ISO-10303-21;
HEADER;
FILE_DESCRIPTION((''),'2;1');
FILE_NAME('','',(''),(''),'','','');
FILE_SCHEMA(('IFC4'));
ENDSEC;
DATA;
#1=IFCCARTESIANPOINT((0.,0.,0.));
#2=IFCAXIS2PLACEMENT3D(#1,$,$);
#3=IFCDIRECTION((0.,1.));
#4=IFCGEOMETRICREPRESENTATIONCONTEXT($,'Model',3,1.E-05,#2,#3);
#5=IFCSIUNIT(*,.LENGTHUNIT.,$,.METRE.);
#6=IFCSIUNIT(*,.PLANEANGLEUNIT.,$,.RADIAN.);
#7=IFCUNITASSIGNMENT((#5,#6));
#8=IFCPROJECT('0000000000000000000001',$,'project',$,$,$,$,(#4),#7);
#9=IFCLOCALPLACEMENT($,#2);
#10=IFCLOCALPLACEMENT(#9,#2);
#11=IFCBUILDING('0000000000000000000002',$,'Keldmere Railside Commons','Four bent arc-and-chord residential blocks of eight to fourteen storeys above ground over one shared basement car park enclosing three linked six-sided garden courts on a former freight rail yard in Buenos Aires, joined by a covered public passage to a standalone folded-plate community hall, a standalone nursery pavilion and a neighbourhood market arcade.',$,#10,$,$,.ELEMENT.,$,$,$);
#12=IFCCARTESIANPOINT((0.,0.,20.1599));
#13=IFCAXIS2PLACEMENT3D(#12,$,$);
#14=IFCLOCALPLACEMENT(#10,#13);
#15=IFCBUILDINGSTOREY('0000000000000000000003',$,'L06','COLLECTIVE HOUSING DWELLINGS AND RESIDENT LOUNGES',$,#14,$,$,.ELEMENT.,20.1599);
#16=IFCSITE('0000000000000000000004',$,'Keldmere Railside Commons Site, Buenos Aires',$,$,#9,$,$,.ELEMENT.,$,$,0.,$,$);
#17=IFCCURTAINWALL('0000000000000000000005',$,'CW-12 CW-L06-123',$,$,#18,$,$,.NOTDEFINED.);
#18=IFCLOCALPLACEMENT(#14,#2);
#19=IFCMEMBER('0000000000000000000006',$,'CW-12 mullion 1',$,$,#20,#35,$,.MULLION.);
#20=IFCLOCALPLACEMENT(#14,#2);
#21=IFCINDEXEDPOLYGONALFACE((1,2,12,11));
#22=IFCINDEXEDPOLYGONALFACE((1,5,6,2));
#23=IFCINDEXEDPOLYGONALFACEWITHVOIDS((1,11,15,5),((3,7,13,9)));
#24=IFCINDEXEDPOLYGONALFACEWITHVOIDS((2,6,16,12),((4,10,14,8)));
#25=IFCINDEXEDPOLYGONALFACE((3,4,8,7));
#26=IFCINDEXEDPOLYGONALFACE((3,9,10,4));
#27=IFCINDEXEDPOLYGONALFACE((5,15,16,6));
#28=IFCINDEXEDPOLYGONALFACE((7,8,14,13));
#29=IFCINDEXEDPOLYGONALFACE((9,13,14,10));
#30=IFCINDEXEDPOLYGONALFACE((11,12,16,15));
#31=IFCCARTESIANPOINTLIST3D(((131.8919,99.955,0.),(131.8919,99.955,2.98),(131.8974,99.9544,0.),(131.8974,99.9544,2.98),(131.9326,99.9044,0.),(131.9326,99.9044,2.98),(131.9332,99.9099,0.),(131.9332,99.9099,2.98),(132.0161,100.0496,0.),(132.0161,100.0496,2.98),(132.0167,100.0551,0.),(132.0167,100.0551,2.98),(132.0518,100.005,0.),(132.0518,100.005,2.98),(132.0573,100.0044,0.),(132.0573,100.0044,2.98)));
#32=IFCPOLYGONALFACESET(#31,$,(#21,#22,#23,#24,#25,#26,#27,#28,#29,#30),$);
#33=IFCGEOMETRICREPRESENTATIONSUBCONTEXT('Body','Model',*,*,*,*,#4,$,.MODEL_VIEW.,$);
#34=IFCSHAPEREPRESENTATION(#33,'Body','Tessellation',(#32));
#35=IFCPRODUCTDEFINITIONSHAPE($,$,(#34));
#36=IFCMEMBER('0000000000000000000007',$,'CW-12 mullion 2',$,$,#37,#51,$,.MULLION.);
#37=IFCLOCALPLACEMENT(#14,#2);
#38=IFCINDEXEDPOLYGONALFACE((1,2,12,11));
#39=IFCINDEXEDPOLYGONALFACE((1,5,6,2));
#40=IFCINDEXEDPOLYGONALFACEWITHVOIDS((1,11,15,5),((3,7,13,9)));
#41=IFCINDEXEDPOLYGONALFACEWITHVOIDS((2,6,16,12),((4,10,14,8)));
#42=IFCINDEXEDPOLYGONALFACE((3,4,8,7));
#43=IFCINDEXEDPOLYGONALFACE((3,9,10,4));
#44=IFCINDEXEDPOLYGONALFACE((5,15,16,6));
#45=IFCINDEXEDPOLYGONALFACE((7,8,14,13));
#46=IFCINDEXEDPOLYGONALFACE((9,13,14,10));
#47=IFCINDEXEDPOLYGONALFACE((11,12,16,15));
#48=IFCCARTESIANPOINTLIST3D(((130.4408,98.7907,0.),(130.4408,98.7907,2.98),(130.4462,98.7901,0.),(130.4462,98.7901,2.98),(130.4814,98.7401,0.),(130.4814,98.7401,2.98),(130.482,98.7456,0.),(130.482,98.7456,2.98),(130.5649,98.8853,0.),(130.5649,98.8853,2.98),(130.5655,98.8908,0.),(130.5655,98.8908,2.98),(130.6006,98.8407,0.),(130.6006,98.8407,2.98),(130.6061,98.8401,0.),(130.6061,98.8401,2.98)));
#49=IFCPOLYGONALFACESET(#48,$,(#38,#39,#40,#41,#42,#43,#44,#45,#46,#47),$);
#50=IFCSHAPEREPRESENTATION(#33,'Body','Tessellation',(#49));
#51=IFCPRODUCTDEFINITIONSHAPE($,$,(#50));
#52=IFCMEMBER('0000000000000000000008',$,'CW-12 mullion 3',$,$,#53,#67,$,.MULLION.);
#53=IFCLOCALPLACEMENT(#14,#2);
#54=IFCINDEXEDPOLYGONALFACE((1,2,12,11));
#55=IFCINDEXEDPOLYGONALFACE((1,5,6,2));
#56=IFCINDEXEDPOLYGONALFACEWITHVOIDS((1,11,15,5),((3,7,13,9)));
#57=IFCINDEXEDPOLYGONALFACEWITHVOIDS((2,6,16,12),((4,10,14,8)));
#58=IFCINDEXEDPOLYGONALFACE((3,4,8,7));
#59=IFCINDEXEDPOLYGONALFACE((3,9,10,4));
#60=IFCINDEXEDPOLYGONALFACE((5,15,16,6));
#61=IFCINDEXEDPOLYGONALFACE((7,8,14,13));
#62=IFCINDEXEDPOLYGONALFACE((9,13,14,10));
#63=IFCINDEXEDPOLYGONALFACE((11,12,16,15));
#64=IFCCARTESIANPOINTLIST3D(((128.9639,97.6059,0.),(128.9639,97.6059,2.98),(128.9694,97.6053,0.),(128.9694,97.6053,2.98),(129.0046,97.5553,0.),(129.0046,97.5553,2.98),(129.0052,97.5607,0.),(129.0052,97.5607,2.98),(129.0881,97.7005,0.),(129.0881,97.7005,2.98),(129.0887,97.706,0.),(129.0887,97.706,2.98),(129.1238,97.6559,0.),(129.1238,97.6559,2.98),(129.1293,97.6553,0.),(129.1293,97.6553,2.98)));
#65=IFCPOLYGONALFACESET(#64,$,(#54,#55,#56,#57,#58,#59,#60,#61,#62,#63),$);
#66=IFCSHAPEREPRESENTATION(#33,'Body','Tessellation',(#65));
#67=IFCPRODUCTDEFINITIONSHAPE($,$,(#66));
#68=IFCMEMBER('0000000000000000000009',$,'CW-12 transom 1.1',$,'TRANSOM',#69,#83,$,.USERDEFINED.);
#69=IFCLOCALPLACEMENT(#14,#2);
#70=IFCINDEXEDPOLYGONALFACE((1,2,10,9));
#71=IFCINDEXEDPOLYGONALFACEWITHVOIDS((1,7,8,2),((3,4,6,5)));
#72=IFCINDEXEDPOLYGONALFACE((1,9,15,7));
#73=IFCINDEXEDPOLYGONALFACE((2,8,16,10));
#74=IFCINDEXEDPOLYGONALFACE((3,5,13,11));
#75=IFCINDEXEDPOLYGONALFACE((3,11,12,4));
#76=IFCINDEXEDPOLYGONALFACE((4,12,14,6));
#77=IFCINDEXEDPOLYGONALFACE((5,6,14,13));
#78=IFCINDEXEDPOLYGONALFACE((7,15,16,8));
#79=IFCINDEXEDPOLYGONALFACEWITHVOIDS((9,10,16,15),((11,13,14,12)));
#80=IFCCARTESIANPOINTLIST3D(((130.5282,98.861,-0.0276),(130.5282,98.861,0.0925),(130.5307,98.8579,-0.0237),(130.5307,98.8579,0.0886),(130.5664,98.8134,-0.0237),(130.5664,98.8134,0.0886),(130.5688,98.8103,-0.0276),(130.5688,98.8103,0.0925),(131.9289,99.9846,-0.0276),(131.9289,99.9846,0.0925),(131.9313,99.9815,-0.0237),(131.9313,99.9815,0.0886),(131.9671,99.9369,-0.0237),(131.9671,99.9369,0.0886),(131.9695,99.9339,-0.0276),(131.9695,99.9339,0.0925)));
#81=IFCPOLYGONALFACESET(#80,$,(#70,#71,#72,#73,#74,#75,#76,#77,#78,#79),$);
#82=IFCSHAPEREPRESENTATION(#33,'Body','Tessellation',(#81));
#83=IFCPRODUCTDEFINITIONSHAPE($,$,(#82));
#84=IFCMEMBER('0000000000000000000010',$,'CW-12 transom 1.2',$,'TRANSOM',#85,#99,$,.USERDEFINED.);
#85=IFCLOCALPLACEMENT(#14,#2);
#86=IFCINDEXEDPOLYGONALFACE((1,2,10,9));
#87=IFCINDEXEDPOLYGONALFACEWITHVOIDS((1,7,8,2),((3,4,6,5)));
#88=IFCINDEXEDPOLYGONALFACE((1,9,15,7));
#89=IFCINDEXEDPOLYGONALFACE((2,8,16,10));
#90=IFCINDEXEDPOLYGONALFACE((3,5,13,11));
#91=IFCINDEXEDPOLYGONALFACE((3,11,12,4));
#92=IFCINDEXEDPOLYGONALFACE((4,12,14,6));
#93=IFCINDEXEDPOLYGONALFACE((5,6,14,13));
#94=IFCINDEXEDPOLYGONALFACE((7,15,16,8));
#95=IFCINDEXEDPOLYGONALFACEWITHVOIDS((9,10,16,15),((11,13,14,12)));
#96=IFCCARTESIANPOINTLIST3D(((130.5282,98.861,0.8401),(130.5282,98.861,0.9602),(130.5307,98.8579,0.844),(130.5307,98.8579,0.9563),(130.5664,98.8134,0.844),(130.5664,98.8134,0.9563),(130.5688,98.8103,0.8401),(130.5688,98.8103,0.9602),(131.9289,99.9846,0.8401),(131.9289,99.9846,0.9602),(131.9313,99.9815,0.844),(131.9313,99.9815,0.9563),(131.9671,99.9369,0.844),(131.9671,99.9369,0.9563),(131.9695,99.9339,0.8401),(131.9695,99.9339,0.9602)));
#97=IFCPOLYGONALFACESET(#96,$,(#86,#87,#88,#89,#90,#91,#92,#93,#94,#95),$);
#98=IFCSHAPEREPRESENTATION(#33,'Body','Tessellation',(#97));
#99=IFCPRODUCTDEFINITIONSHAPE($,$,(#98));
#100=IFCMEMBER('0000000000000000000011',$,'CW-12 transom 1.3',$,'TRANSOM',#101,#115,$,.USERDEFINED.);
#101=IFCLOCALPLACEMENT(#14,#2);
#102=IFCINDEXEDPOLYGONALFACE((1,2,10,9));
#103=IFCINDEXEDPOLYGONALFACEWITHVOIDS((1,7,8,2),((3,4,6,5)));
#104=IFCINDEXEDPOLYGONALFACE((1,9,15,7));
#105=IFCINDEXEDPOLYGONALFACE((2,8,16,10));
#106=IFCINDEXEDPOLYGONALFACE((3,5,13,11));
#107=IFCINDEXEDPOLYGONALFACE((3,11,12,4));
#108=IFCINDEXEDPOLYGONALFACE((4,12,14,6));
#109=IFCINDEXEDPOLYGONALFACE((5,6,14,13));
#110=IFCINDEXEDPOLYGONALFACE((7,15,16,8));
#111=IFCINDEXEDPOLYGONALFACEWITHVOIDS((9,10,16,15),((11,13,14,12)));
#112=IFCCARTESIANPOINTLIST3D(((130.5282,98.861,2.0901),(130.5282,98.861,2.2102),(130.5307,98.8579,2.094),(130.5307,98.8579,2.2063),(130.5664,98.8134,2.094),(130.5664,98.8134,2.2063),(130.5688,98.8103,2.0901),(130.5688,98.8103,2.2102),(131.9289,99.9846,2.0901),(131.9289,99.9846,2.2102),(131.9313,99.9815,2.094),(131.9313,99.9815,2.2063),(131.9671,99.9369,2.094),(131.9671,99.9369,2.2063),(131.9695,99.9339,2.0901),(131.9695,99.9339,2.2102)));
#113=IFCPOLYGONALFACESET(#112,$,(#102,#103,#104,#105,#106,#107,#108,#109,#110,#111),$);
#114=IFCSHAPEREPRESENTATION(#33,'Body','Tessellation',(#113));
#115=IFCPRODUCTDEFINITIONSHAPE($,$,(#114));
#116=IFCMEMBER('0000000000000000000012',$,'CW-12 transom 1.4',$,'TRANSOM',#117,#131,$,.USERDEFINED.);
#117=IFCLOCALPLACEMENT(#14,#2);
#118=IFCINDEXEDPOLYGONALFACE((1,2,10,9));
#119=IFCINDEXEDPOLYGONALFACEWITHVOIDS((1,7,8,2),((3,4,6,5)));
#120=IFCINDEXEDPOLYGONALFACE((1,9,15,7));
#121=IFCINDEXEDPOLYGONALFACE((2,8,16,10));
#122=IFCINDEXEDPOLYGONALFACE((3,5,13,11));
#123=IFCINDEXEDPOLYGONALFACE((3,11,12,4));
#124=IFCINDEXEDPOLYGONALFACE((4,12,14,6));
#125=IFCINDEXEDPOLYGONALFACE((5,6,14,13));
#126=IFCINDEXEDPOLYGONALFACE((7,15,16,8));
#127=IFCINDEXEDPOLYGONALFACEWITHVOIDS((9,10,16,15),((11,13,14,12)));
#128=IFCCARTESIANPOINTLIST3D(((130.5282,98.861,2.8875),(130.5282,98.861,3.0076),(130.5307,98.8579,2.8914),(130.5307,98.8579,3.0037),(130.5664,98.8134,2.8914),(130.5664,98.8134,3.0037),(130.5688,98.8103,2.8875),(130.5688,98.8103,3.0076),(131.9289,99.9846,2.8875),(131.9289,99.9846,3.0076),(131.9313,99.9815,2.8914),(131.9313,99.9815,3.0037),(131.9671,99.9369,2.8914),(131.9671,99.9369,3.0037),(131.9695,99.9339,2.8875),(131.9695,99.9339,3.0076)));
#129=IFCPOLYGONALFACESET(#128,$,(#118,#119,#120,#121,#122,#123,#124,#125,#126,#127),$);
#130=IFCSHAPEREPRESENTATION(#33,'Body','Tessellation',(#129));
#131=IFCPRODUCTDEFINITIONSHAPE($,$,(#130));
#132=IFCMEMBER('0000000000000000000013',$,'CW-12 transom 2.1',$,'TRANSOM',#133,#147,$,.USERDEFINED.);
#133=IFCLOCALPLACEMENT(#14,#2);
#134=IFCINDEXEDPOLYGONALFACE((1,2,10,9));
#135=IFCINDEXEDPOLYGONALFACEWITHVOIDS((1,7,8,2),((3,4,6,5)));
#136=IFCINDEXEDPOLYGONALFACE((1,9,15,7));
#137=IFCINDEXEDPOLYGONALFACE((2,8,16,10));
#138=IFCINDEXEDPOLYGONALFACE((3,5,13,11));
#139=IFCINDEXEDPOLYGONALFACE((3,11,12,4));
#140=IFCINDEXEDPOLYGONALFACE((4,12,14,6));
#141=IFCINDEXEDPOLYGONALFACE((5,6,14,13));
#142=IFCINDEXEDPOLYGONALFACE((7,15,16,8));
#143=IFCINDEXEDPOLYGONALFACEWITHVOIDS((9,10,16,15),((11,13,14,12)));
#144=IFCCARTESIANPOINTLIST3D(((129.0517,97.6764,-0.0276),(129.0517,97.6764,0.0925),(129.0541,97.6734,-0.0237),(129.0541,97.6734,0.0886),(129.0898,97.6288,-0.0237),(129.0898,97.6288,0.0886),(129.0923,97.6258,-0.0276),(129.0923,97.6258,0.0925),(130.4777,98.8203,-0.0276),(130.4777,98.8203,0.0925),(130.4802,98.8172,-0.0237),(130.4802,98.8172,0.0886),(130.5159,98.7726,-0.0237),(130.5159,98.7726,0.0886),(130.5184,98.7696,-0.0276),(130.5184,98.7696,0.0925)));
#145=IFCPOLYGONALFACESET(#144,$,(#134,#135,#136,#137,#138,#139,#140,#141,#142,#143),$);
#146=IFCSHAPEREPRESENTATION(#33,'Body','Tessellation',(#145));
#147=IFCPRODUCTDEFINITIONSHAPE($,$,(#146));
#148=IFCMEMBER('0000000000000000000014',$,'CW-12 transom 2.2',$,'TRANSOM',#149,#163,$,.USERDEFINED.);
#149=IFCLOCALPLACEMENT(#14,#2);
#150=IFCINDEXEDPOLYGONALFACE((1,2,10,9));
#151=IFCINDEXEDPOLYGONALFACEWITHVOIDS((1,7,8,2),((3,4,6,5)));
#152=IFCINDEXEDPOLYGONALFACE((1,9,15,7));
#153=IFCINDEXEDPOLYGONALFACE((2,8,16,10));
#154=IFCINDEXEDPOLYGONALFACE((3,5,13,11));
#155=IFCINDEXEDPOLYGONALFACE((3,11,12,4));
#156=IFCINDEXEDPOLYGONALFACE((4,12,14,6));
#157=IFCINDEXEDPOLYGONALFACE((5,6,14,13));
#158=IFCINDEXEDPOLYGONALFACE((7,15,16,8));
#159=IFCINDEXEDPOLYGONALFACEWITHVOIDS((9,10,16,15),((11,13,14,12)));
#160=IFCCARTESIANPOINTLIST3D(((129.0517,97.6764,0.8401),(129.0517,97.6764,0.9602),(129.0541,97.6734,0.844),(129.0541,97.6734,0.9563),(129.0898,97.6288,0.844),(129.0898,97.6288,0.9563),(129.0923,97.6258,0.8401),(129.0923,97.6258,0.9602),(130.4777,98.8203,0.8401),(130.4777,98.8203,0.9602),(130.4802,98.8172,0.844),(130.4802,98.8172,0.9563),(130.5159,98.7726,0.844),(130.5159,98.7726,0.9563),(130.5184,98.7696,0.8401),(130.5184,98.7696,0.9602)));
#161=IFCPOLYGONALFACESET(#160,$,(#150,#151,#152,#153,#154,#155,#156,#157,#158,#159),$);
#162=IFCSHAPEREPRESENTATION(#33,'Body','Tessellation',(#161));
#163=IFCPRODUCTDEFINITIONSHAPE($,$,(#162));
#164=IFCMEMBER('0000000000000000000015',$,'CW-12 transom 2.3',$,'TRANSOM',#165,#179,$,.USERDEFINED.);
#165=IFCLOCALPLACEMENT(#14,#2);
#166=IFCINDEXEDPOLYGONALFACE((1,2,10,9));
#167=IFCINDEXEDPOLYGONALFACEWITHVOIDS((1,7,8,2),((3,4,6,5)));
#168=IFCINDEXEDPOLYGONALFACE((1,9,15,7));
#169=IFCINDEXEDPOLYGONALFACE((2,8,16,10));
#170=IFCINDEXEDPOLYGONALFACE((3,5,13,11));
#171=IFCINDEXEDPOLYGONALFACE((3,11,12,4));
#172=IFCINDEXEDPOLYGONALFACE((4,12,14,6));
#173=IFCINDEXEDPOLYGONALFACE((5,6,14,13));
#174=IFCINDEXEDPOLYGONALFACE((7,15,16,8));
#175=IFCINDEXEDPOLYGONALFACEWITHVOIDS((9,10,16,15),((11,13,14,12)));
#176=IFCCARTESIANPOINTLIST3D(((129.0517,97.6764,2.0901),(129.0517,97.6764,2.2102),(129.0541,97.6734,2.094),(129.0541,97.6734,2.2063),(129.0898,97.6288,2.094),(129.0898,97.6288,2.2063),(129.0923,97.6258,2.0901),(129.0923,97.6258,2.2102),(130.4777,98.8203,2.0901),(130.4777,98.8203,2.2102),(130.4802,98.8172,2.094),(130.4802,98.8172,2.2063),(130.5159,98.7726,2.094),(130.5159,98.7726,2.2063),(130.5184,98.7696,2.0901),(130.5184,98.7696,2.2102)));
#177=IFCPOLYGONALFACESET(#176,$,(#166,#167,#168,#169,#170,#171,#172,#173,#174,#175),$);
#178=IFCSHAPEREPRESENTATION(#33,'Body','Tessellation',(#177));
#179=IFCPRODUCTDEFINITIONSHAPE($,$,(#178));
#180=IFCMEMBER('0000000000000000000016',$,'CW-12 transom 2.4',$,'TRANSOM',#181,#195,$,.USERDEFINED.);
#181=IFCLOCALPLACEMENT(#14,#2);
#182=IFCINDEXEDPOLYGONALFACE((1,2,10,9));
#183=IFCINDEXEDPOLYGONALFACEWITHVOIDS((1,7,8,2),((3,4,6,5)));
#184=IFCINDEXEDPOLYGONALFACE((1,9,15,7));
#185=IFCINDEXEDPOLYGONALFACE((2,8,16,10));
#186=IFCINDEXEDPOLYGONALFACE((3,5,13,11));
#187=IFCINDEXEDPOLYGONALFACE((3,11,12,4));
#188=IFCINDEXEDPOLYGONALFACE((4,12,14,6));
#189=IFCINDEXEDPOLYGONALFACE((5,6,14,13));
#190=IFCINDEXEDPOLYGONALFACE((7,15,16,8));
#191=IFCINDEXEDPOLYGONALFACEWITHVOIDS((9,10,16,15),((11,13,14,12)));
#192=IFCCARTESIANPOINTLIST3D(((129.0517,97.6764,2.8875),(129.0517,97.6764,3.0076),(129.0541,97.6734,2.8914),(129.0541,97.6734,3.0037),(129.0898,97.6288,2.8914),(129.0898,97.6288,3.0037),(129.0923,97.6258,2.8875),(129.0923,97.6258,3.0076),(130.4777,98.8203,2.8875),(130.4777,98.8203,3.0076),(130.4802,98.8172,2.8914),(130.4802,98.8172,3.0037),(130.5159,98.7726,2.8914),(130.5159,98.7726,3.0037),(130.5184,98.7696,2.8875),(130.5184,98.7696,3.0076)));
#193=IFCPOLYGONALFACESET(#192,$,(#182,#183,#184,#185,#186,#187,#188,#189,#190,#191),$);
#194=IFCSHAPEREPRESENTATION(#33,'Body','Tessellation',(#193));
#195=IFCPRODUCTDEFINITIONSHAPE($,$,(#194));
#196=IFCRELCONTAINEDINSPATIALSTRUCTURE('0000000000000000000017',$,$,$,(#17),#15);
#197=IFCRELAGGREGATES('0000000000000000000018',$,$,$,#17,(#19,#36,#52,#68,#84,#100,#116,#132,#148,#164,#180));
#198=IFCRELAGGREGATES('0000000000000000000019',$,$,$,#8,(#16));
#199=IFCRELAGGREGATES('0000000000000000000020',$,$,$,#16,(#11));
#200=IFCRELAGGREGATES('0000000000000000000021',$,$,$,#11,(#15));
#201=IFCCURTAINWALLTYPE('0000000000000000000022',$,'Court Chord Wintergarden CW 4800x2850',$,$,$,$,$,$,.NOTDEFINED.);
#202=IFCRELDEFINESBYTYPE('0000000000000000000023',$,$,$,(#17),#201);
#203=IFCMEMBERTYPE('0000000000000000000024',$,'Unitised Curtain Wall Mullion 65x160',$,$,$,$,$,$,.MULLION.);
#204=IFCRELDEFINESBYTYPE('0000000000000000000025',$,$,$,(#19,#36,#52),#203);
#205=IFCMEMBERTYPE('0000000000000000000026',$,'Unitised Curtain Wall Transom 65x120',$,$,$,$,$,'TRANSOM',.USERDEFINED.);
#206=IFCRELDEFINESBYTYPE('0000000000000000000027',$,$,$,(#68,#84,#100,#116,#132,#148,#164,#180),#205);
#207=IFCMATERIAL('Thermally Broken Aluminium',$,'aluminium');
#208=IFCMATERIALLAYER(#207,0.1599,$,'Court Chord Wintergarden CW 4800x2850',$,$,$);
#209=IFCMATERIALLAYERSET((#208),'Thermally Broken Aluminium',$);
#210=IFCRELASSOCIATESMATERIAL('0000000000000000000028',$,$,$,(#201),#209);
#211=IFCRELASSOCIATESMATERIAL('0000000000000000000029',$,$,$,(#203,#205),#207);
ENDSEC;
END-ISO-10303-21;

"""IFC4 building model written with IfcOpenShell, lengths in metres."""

from ifc_helpers import new_model, si_unit, direction, frame, origin, origin_2d, place, context, subcontext, project, spatial, hollow_rectangle, extrude, material, layer, layer_set, material_profile, profile_set, type_object, element, aggregate, save


model = new_model("IFC4")

# Units and contexts
model_context = context("Model", 3, precision=1e-05, world=origin(), true_north=direction((0.0, 1.0)))
body_context = subcontext(model_context, "Body", "Model", "MODEL_VIEW")
ifc_project = project(units=[si_unit("LENGTHUNIT", "METRE"), si_unit("PLANEANGLEUNIT", "RADIAN")], contexts=[model_context])

# Site, building, storey
site_placement = place(None, origin())
site = spatial("IfcSite", under=ifc_project, at=site_placement, Name="Keldmere Railside Commons Site, Buenos Aires", CompositionType="ELEMENT", RefElevation=0.0)
building_placement = place(site_placement, origin())
building = spatial("IfcBuilding", under=site, at=building_placement, Name="Keldmere Railside Commons", Description="Four bent arc-and-chord residential blocks of eight to fourteen storeys above ground over one shared basement car park enclosing three linked six-sided garden courts on a former freight rail yard in Buenos Aires, joined by a covered public passage to a standalone folded-plate community hall, a standalone nursery pavilion and a neighbourhood market arcade.", CompositionType="ELEMENT")
storey_placement = place(building_placement, frame((0.0, 0.0, 20.1599)))
storey = spatial("IfcBuildingStorey", under=building, at=storey_placement, Name="L06", Description="COLLECTIVE HOUSING DWELLINGS AND RESIDENT LOUNGES", CompositionType="ELEMENT", Elevation=20.1599)

# Curtain wall, members
ifc_material_1 = material(Name="Thermally Broken Aluminium", Category="aluminium")
ifc_layer_1 = layer(ifc_material_1, 0.1599, Name="Court Chord Wintergarden CW 4800x2850")
ifc_layer_set_1 = layer_set([ifc_layer_1], Name="Thermally Broken Aluminium")
curtain_wall_type = type_object("IfcCurtainWallType", Name="Court Chord Wintergarden CW 4800x2850", PredefinedType="NOTDEFINED", material=ifc_layer_set_1)
curtain_wall_placement = place(storey_placement, origin())
curtain_wall = element("IfcCurtainWall", 1, at=curtain_wall_placement, inside=storey, type_object=curtain_wall_type, Name="CW-12 CW-L06-123", PredefinedType="NOTDEFINED")
ifc_material_profile_1 = material_profile(ifc_material_1, hollow_rectangle(XDim=0.0649, YDim=0.1599, WallThickness=0.0039, at=origin_2d()), Name="ALU-MULL-65x160")
ifc_profile_set_1 = profile_set([ifc_material_profile_1], Name="Thermally Broken Aluminium")
member_type_1 = type_object("IfcMemberType", Name="Unitised Curtain Wall Mullion 65x160", PredefinedType="MULLION", material=ifc_profile_set_1)
member_1_placement = place(storey_placement, frame((131.9746, 99.9797, 0.0), z_axis=(0.0, 0.0, 1.0), x_axis=(0.625768, -0.780009, 0.0)))
member_1 = element("IfcMember", 2, at=member_1_placement, type_object=member_type_1, Name="CW-12 mullion 1", PredefinedType="MULLION", context=body_context, shape_type="SweptSolid", body=[
    extrude(hollow_rectangle(XDim=0.0649, YDim=0.1599, WallThickness=0.0039, at=origin_2d()), origin(), (0.0, 0.0, 1.0), 2.98),
])
member_2_placement = place(storey_placement, frame((130.5234, 98.8154, 0.0), z_axis=(0.0, 0.0, 1.0), x_axis=(0.625768, -0.780009, 0.0)))
member_2 = element("IfcMember", 3, at=member_2_placement, type_object=member_type_1, Name="CW-12 mullion 2", PredefinedType="MULLION", context=body_context, shape_type="SweptSolid", body=[
    extrude(hollow_rectangle(XDim=0.0649, YDim=0.1599, WallThickness=0.0039, at=origin_2d()), origin(), (0.0, 0.0, 1.0), 2.98),
])
member_3_placement = place(storey_placement, frame((129.0466, 97.6306, 0.0), z_axis=(0.0, 0.0, 1.0), x_axis=(0.625768, -0.780009, 0.0)))
member_3 = element("IfcMember", 4, at=member_3_placement, type_object=member_type_1, Name="CW-12 mullion 3", PredefinedType="MULLION", context=body_context, shape_type="SweptSolid", body=[
    extrude(hollow_rectangle(XDim=0.0649, YDim=0.1599, WallThickness=0.0039, at=origin_2d()), origin(), (0.0, 0.0, 1.0), 2.98),
])
ifc_material_profile_2 = material_profile(ifc_material_1, hollow_rectangle(XDim=0.0649, YDim=0.1201, WallThickness=0.0039, at=origin_2d()), Name="ALU-TRAN-65x120")
ifc_profile_set_2 = profile_set([ifc_material_profile_2], Name="Thermally Broken Aluminium")
member_type_2 = type_object("IfcMemberType", Name="Unitised Curtain Wall Transom 65x120", ElementType="TRANSOM", PredefinedType="USERDEFINED", material=ifc_profile_set_2)
member_4_placement = place(storey_placement, frame((131.9492, 99.9592, 0.0325), z_axis=(-0.780046, -0.625723, 0.0), x_axis=(0.625723, -0.780046, 0.0)))
member_4 = element("IfcMember", 5, at=member_4_placement, type_object=member_type_2, Name="CW-12 transom 1.1", ObjectType="TRANSOM", PredefinedType="USERDEFINED", context=body_context, shape_type="SweptSolid", body=[
    extrude(hollow_rectangle(XDim=0.0649, YDim=0.1201, WallThickness=0.0039, at=origin_2d()), origin(), (0.0, 0.0, 1.0), 1.7957),
])
member_5_placement = place(storey_placement, frame((131.9492, 99.9592, 0.9001), z_axis=(-0.780046, -0.625723, 0.0), x_axis=(0.625723, -0.780046, 0.0)))
member_5 = element("IfcMember", 6, at=member_5_placement, type_object=member_type_2, Name="CW-12 transom 1.2", ObjectType="TRANSOM", PredefinedType="USERDEFINED", context=body_context, shape_type="SweptSolid", body=[
    extrude(hollow_rectangle(XDim=0.0649, YDim=0.1201, WallThickness=0.0039, at=origin_2d()), origin(), (0.0, 0.0, 1.0), 1.7957),
])
member_6_placement = place(storey_placement, frame((131.9492, 99.9592, 2.1501), z_axis=(-0.780046, -0.625723, 0.0), x_axis=(0.625723, -0.780046, 0.0)))
member_6 = element("IfcMember", 7, at=member_6_placement, type_object=member_type_2, Name="CW-12 transom 1.3", ObjectType="TRANSOM", PredefinedType="USERDEFINED", context=body_context, shape_type="SweptSolid", body=[
    extrude(hollow_rectangle(XDim=0.0649, YDim=0.1201, WallThickness=0.0039, at=origin_2d()), origin(), (0.0, 0.0, 1.0), 1.7957),
])
member_7_placement = place(storey_placement, frame((131.9492, 99.9592, 2.9475), z_axis=(-0.780046, -0.625723, 0.0), x_axis=(0.625723, -0.780046, 0.0)))
member_7 = element("IfcMember", 8, at=member_7_placement, type_object=member_type_2, Name="CW-12 transom 1.4", ObjectType="TRANSOM", PredefinedType="USERDEFINED", context=body_context, shape_type="SweptSolid", body=[
    extrude(hollow_rectangle(XDim=0.0649, YDim=0.1201, WallThickness=0.0039, at=origin_2d()), origin(), (0.0, 0.0, 1.0), 1.7957),
])
member_8_placement = place(storey_placement, frame((130.498, 98.7949, 0.0325), z_axis=(-0.780073, -0.625688, 0.0), x_axis=(0.625688, -0.780073, 0.0)))
member_8 = element("IfcMember", 9, at=member_8_placement, type_object=member_type_2, Name="CW-12 transom 2.1", ObjectType="TRANSOM", PredefinedType="USERDEFINED", context=body_context, shape_type="SweptSolid", body=[
    extrude(hollow_rectangle(XDim=0.0649, YDim=0.1201, WallThickness=0.0039, at=origin_2d()), origin(), (0.0, 0.0, 1.0), 1.8281),
])
member_9_placement = place(storey_placement, frame((130.498, 98.7949, 0.9001), z_axis=(-0.780073, -0.625688, 0.0), x_axis=(0.625688, -0.780073, 0.0)))
member_9 = element("IfcMember", 10, at=member_9_placement, type_object=member_type_2, Name="CW-12 transom 2.2", ObjectType="TRANSOM", PredefinedType="USERDEFINED", context=body_context, shape_type="SweptSolid", body=[
    extrude(hollow_rectangle(XDim=0.0649, YDim=0.1201, WallThickness=0.0039, at=origin_2d()), origin(), (0.0, 0.0, 1.0), 1.8281),
])
member_10_placement = place(storey_placement, frame((130.498, 98.7949, 2.1501), z_axis=(-0.780073, -0.625688, 0.0), x_axis=(0.625688, -0.780073, 0.0)))
member_10 = element("IfcMember", 11, at=member_10_placement, type_object=member_type_2, Name="CW-12 transom 2.3", ObjectType="TRANSOM", PredefinedType="USERDEFINED", context=body_context, shape_type="SweptSolid", body=[
    extrude(hollow_rectangle(XDim=0.0649, YDim=0.1201, WallThickness=0.0039, at=origin_2d()), origin(), (0.0, 0.0, 1.0), 1.8281),
])
member_11_placement = place(storey_placement, frame((130.498, 98.7949, 2.9475), z_axis=(-0.780073, -0.625688, 0.0), x_axis=(0.625688, -0.780073, 0.0)))
member_11 = element("IfcMember", 12, at=member_11_placement, type_object=member_type_2, Name="CW-12 transom 2.4", ObjectType="TRANSOM", PredefinedType="USERDEFINED", context=body_context, shape_type="SweptSolid", body=[
    extrude(hollow_rectangle(XDim=0.0649, YDim=0.1201, WallThickness=0.0039, at=origin_2d()), origin(), (0.0, 0.0, 1.0), 1.8281),
])
aggregate(curtain_wall, [member_1, member_2, member_3, member_4, member_5, member_6, member_7, member_8, member_9, member_10, member_11])

save(model, "model.ifc")
